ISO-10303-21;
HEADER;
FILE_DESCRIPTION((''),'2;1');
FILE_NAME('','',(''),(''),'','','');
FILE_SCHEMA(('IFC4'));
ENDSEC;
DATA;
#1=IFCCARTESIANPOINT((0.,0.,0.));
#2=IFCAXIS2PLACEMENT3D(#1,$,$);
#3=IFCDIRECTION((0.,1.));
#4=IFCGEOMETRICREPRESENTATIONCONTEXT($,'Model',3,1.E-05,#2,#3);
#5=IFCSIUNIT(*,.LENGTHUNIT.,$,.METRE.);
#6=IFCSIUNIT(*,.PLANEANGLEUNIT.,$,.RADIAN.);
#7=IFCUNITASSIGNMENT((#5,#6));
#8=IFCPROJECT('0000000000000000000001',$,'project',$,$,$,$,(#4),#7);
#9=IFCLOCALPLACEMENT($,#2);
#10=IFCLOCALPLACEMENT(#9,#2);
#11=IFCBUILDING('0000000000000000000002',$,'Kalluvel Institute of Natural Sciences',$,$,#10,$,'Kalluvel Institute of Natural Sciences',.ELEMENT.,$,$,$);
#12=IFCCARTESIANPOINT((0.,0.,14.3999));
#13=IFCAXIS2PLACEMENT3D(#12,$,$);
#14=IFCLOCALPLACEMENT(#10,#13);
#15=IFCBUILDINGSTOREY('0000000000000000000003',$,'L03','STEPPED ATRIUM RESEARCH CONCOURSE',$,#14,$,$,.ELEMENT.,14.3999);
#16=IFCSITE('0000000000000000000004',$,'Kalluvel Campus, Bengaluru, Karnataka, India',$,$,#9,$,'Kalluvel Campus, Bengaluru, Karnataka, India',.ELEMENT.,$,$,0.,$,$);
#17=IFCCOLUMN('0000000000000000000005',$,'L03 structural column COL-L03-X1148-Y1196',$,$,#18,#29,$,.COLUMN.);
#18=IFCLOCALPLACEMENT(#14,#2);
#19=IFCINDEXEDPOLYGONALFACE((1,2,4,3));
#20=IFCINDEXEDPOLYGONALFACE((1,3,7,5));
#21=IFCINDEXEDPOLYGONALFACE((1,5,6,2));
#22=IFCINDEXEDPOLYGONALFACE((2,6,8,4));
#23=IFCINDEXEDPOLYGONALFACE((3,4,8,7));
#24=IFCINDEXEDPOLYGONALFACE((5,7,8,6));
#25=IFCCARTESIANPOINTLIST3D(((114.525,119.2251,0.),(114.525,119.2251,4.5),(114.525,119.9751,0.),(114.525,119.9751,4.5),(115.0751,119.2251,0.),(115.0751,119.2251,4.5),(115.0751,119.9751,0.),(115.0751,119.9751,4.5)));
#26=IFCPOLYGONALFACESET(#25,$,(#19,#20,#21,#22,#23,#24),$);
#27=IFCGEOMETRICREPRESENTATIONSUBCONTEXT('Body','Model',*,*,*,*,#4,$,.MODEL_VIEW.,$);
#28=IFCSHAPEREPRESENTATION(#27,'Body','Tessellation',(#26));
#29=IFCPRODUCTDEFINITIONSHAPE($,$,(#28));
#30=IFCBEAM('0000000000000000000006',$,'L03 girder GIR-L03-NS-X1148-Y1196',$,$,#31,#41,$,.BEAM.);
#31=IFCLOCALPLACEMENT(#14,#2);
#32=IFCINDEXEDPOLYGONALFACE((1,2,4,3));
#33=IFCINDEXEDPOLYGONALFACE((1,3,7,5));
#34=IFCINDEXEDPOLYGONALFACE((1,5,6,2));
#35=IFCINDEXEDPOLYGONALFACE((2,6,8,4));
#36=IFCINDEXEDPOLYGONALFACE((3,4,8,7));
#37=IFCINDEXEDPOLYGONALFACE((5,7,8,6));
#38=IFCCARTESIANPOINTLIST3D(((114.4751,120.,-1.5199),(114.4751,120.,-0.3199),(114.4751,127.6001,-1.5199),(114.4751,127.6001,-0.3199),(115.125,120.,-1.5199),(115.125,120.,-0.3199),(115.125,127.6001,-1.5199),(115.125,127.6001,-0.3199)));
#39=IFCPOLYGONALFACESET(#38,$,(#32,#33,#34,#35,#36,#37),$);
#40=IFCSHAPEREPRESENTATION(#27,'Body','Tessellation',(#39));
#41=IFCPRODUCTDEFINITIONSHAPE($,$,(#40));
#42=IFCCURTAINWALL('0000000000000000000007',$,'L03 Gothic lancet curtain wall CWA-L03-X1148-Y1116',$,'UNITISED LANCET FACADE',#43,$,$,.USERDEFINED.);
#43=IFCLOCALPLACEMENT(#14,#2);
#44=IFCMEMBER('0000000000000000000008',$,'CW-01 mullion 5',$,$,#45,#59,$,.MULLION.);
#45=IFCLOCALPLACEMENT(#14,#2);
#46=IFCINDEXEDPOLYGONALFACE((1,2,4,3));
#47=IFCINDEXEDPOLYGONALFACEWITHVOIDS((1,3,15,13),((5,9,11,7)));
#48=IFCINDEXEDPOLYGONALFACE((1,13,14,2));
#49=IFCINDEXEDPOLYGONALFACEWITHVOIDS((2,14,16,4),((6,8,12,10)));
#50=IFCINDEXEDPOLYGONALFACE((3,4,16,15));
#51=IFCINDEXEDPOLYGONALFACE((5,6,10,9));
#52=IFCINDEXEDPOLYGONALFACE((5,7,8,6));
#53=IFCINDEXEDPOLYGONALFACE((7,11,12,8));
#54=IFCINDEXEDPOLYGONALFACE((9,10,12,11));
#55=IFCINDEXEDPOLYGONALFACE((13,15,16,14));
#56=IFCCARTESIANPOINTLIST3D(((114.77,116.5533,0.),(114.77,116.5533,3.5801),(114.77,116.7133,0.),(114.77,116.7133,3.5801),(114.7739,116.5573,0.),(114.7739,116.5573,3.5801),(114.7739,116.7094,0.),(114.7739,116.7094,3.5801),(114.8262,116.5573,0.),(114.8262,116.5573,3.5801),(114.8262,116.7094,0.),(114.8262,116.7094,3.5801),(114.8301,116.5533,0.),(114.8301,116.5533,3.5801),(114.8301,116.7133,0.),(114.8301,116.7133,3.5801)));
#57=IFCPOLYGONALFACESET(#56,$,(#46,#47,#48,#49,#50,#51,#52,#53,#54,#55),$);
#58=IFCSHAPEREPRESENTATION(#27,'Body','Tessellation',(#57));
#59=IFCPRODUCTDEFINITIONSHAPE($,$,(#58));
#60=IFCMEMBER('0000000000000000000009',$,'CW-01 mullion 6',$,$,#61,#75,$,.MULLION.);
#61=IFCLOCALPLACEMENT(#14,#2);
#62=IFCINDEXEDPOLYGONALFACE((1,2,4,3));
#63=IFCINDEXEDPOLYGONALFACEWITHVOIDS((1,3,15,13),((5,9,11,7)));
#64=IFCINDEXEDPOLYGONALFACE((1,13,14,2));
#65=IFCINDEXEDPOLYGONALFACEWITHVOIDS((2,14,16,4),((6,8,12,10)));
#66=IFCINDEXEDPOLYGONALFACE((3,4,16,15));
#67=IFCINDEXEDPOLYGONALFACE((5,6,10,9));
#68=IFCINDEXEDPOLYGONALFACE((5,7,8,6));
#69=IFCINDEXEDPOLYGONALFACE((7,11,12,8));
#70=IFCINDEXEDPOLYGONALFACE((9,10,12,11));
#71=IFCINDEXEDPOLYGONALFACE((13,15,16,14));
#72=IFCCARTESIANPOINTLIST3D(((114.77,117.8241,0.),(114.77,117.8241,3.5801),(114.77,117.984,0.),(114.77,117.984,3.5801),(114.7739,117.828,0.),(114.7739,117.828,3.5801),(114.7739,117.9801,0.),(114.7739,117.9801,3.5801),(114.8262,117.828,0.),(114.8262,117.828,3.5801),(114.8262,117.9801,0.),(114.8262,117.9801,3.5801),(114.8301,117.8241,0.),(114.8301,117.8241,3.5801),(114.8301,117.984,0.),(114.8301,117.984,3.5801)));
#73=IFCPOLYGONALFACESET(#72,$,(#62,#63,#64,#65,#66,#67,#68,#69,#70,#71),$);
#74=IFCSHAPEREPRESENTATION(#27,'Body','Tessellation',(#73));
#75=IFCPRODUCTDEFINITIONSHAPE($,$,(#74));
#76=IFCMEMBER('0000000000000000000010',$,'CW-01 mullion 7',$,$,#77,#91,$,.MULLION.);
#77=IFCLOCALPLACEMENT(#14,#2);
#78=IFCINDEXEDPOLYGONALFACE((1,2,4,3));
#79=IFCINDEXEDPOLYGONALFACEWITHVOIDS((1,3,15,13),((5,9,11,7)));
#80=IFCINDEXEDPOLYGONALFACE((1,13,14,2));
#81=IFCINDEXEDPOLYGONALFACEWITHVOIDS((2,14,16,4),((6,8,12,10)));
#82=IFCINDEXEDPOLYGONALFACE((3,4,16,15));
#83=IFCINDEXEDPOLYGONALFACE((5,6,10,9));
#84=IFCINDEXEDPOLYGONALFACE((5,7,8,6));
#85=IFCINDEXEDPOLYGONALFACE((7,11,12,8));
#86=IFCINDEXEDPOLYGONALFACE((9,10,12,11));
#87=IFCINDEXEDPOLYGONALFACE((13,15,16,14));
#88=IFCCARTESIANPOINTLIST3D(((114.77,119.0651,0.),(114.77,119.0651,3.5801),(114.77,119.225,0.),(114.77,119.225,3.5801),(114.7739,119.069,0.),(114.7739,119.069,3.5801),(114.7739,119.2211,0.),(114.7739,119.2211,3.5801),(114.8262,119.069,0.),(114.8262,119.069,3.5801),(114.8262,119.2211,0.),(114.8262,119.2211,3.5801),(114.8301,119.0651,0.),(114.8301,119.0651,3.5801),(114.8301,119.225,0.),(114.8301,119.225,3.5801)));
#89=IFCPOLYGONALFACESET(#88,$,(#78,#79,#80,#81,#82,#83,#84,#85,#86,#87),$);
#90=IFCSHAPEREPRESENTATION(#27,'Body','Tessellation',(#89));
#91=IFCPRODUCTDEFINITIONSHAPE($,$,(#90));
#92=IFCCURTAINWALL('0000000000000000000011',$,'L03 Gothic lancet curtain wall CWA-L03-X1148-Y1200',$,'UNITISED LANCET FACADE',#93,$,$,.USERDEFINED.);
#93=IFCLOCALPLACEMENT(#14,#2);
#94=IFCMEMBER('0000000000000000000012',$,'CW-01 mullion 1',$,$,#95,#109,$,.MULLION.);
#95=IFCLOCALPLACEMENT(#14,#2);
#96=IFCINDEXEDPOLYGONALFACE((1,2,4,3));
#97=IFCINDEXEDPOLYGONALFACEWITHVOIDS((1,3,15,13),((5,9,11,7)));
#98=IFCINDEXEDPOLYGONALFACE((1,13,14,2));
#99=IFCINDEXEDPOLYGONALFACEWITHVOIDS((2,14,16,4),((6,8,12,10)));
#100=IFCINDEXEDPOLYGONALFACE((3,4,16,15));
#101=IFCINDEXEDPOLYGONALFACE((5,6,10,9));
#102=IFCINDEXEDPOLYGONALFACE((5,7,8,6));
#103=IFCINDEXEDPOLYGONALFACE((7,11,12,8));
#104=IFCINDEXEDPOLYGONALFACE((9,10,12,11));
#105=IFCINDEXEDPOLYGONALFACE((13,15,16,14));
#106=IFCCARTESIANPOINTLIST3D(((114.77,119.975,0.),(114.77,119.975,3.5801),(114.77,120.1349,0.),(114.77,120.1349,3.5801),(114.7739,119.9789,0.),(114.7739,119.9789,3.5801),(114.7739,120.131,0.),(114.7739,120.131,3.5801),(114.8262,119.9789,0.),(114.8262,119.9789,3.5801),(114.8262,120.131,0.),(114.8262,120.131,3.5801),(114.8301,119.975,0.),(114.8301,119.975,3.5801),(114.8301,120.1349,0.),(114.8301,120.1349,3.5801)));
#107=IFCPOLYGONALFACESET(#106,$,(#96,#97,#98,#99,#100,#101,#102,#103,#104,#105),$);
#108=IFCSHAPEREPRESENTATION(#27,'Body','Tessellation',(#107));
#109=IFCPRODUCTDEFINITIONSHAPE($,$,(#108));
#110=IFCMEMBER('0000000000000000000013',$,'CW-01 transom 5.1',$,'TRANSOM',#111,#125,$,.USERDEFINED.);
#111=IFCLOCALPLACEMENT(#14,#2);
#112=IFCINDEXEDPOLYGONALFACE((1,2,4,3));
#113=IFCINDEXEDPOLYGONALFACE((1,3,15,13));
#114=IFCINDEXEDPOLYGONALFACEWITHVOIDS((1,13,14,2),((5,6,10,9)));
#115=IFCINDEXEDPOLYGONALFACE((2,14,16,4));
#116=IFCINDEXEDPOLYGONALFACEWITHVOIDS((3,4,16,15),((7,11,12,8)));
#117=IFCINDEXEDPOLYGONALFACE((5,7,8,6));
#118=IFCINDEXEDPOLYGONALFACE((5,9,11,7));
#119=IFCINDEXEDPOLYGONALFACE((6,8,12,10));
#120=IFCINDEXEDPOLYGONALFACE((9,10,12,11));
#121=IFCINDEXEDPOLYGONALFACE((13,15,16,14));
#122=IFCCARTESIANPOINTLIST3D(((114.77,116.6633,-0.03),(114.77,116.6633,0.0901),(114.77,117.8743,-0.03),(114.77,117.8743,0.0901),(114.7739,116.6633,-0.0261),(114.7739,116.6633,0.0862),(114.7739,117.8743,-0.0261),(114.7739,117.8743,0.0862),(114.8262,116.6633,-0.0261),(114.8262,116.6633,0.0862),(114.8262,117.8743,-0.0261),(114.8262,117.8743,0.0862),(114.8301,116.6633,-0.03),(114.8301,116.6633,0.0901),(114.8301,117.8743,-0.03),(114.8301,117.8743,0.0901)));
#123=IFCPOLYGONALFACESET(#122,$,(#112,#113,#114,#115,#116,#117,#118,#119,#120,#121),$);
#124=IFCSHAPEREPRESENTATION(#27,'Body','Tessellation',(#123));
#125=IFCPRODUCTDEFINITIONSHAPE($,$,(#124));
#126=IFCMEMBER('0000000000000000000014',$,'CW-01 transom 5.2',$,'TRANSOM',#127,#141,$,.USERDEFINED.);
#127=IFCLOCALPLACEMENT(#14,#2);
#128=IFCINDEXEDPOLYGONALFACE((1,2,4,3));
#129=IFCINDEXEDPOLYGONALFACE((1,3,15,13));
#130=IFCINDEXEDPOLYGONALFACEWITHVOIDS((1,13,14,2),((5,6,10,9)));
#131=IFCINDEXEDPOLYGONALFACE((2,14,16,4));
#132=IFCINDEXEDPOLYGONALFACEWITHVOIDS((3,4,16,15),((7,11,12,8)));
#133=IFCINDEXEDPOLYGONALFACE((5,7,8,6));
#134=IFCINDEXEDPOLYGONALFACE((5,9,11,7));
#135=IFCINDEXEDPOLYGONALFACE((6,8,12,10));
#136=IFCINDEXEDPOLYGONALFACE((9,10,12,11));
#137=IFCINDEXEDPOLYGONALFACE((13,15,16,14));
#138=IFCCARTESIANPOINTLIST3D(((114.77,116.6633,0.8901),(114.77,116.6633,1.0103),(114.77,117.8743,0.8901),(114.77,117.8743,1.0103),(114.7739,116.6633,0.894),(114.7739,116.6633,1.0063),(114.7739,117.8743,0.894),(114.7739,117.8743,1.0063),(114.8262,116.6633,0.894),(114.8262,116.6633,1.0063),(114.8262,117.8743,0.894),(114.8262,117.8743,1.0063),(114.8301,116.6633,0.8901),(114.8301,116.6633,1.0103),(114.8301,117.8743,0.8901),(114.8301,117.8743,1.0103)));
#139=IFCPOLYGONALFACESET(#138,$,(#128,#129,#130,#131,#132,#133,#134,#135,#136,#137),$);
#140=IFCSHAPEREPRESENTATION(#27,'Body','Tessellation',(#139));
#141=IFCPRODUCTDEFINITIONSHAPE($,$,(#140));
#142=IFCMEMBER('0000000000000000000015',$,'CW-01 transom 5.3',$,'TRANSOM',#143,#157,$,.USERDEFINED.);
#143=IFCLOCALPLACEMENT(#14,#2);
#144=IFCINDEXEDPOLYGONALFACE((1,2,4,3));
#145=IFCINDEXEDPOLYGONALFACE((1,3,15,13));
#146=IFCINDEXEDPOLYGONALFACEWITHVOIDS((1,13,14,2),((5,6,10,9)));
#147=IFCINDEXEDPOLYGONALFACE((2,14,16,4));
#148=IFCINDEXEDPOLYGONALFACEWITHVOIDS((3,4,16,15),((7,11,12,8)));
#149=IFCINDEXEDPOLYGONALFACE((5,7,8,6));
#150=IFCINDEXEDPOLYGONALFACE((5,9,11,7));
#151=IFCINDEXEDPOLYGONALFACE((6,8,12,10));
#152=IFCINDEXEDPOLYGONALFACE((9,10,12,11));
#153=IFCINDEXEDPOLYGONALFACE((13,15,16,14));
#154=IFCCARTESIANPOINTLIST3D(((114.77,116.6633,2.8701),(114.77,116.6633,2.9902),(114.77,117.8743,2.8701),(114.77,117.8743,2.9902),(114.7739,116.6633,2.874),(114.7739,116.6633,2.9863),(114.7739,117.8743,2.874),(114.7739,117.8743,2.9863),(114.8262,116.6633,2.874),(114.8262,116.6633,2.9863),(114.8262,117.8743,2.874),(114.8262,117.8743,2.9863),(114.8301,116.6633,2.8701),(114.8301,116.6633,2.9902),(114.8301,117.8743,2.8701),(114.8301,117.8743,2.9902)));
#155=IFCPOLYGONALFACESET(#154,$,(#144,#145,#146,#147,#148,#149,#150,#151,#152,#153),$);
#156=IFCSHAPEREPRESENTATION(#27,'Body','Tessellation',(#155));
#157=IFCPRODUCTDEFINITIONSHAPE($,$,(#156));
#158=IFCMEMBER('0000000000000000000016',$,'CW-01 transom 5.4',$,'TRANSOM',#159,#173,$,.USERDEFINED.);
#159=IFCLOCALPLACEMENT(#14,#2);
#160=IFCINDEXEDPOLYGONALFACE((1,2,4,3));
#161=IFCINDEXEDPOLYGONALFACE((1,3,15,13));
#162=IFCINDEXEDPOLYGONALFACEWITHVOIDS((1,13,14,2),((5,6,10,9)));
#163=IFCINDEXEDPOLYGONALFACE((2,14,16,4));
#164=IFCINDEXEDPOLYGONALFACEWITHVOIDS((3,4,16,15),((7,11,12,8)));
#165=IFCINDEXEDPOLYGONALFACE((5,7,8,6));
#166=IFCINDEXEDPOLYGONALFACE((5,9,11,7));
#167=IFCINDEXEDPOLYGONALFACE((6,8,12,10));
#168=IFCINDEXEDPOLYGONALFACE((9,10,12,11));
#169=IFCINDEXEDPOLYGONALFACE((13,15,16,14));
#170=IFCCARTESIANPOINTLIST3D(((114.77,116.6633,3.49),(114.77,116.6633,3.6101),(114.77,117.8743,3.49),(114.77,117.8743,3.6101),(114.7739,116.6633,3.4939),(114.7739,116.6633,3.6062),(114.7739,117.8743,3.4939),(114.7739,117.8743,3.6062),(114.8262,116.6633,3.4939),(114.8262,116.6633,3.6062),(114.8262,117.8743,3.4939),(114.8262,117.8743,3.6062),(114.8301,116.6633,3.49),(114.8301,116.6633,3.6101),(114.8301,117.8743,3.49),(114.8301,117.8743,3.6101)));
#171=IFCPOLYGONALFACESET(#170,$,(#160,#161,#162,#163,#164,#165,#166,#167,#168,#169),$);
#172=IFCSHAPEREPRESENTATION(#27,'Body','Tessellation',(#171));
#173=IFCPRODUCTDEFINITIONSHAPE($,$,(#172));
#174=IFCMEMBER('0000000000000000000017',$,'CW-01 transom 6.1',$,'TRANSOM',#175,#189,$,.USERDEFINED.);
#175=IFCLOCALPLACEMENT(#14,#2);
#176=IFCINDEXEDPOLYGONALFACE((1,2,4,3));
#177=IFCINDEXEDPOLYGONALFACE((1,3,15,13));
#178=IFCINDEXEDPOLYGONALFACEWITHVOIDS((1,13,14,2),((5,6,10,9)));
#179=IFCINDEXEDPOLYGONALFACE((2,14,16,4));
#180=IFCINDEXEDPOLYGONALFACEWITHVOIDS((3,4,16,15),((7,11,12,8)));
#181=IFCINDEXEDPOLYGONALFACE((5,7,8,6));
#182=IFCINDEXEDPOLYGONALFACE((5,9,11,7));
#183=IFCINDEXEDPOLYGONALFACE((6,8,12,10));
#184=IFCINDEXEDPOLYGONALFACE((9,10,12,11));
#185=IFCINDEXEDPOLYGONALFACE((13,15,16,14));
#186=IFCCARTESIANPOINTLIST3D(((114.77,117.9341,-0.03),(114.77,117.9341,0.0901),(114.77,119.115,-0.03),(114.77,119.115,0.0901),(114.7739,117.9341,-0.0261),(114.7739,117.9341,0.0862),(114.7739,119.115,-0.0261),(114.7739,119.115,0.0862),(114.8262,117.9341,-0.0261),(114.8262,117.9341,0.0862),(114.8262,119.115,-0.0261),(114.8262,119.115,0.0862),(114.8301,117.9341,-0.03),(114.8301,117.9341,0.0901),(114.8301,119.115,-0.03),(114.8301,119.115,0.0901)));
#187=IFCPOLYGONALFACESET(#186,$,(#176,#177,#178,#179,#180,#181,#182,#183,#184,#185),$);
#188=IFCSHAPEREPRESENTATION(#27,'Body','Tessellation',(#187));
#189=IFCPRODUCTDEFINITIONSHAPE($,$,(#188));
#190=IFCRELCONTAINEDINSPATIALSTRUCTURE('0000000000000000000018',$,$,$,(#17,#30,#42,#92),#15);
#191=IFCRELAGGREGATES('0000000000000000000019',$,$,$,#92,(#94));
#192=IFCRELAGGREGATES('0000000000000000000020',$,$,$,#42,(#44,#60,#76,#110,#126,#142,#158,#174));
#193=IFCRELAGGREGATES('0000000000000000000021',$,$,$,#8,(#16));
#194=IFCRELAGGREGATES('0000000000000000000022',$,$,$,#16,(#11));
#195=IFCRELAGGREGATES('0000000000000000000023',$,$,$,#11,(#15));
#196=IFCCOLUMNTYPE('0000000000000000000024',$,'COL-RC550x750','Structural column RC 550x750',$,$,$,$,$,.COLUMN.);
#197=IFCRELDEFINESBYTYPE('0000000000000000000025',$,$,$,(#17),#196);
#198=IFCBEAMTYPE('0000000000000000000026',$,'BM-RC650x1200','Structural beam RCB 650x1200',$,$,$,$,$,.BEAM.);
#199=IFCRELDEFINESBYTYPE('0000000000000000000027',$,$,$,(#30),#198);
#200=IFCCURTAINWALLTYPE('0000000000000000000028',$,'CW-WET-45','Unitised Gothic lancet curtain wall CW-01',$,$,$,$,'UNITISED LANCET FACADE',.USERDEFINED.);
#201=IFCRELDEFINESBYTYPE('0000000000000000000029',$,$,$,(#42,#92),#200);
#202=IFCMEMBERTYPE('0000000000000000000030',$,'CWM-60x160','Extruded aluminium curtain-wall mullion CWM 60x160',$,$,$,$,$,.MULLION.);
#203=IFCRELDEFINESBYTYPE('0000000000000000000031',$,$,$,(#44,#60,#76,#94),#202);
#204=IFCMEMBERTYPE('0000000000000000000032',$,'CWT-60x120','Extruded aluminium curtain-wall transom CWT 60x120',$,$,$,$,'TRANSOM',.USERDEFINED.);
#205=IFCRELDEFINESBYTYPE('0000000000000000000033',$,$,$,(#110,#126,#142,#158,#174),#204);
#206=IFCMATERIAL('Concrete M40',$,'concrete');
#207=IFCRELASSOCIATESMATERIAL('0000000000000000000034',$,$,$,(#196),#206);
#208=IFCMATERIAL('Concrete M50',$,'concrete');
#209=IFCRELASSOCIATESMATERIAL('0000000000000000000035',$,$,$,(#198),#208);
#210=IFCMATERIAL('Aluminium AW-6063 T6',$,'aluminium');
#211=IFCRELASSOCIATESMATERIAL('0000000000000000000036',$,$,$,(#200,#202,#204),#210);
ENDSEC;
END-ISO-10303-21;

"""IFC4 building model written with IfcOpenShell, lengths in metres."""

from ifc_helpers import new_model, si_unit, direction, frame, origin, origin_2d, place, context, subcontext, project, spatial, rectangle, hollow_rectangle, extrude, material, material_profile, profile_set, type_object, element, aggregate, save


model = new_model("IFC4")

# Units and contexts
model_context = context("Model", 3, precision=1e-05, world=origin(), true_north=direction((0.0, 1.0)))
body_context = subcontext(model_context, "Body", "Model", "MODEL_VIEW")
ifc_project = project(units=[si_unit("LENGTHUNIT", "METRE"), si_unit("PLANEANGLEUNIT", "RADIAN")], contexts=[model_context])

# Site, building, storey
site_placement = place(None, origin())
site = spatial("IfcSite", under=ifc_project, at=site_placement, Name="Kalluvel Campus, Bengaluru, Karnataka, India", LongName="Kalluvel Campus, Bengaluru, Karnataka, India", CompositionType="ELEMENT", RefElevation=0.0)
building_placement = place(site_placement, origin())
building = spatial("IfcBuilding", under=site, at=building_placement, Name="Kalluvel Institute of Natural Sciences", LongName="Kalluvel Institute of Natural Sciences", CompositionType="ELEMENT")
storey_placement = place(building_placement, frame((0.0, 0.0, 14.3999)))
storey = spatial("IfcBuildingStorey", under=building, at=storey_placement, Name="L03", Description="STEPPED ATRIUM RESEARCH CONCOURSE", CompositionType="ELEMENT", Elevation=14.3999)

# Column
ifc_material_1 = material(Name="Concrete M40", Category="concrete")
ifc_material_profile_1 = material_profile(ifc_material_1, rectangle(XDim=0.55, YDim=0.75, at=origin_2d()), Name="RC 550x750")
ifc_profile_set_1 = profile_set([ifc_material_profile_1], Name="Concrete M40")
column_type = type_object("IfcColumnType", Name="COL-RC550x750", Description="Structural column RC 550x750", PredefinedType="COLUMN", material=ifc_profile_set_1)
column_placement = place(storey_placement, frame((114.8, 119.6001, 0.0), z_axis=(0.0, 0.0, 1.0), x_axis=(1.0, 0.0, 0.0)))
element("IfcColumn", 1, at=column_placement, inside=storey, type_object=column_type, Name="L03 structural column COL-L03-X1148-Y1196", PredefinedType="COLUMN", context=body_context, shape_type="SweptSolid", body=[
    extrude(rectangle(XDim=0.55, YDim=0.75, at=origin_2d()), origin(), (0.0, 0.0, 1.0), 4.5),
])

# Beam
ifc_material_2 = material(Name="Concrete M50", Category="concrete")
ifc_material_profile_2 = material_profile(ifc_material_2, rectangle(XDim=0.6499, YDim=1.2, at=origin_2d()), Name="RCB 650x1200")
ifc_profile_set_2 = profile_set([ifc_material_profile_2], Name="Concrete M50")
beam_type = type_object("IfcBeamType", Name="BM-RC650x1200", Description="Structural beam RCB 650x1200", PredefinedType="BEAM", material=ifc_profile_set_2)
beam_placement = place(storey_placement, frame((114.8, 120.0, -0.9199), z_axis=(0.0, 1.0, 0.0), x_axis=(-1.0, 0.0, 0.0)))
element("IfcBeam", 2, at=beam_placement, inside=storey, type_object=beam_type, Name="L03 girder GIR-L03-NS-X1148-Y1196", PredefinedType="BEAM", context=body_context, shape_type="SweptSolid", body=[
    extrude(rectangle(XDim=0.6499, YDim=1.2, at=origin_2d()), origin(), (0.0, 0.0, 1.0), 7.6001),
])

# Curtain wall, members
ifc_material_3 = material(Name="Aluminium AW-6063 T6", Category="aluminium")
curtain_wall_type = type_object("IfcCurtainWallType", Name="CW-WET-45", Description="Unitised Gothic lancet curtain wall CW-01", ElementType="UNITISED LANCET FACADE", PredefinedType="USERDEFINED", material=ifc_material_3)
curtain_wall_1_placement = place(storey_placement, origin())
curtain_wall_1 = element("IfcCurtainWall", 3, at=curtain_wall_1_placement, inside=storey, type_object=curtain_wall_type, Name="L03 Gothic lancet curtain wall CWA-L03-X1148-Y1116", ObjectType="UNITISED LANCET FACADE", PredefinedType="USERDEFINED")
ifc_material_profile_3 = material_profile(ifc_material_3, hollow_rectangle(XDim=0.0601, YDim=0.1599, WallThickness=0.0039, at=origin_2d()), Name="CWM 60x160")
ifc_profile_set_3 = profile_set([ifc_material_profile_3], Name="Aluminium AW-6063 T6")
member_type_1 = type_object("IfcMemberType", Name="CWM-60x160", Description="Extruded aluminium curtain-wall mullion CWM 60x160", PredefinedType="MULLION", material=ifc_profile_set_3)
member_1_placement = place(storey_placement, frame((114.8, 116.6333, 0.0), z_axis=(0.0, 0.0, 1.0), x_axis=(-1.0, 0.0, 0.0)))
member_1 = element("IfcMember", 4, at=member_1_placement, type_object=member_type_1, Name="CW-01 mullion 5", PredefinedType="MULLION", context=body_context, shape_type="SweptSolid", body=[
    extrude(hollow_rectangle(XDim=0.0601, YDim=0.1599, WallThickness=0.0039, at=origin_2d()), origin(), (0.0, 0.0, 1.0), 3.5801),
])
member_2_placement = place(storey_placement, frame((114.8, 117.9041, 0.0), z_axis=(0.0, 0.0, 1.0), x_axis=(-1.0, 0.0, 0.0)))
member_2 = element("IfcMember", 5, at=member_2_placement, type_object=member_type_1, Name="CW-01 mullion 6", PredefinedType="MULLION", context=body_context, shape_type="SweptSolid", body=[
    extrude(hollow_rectangle(XDim=0.0601, YDim=0.1599, WallThickness=0.0039, at=origin_2d()), origin(), (0.0, 0.0, 1.0), 3.5801),
])
member_3_placement = place(storey_placement, frame((114.8, 119.145, 0.0), z_axis=(0.0, 0.0, 1.0), x_axis=(-1.0, 0.0, 0.0)))
member_3 = element("IfcMember", 6, at=member_3_placement, type_object=member_type_1, Name="CW-01 mullion 7", PredefinedType="MULLION", context=body_context, shape_type="SweptSolid", body=[
    extrude(hollow_rectangle(XDim=0.0601, YDim=0.1599, WallThickness=0.0039, at=origin_2d()), origin(), (0.0, 0.0, 1.0), 3.5801),
])

# Curtain wall, member
curtain_wall_2_placement = place(storey_placement, origin())
curtain_wall_2 = element("IfcCurtainWall", 7, at=curtain_wall_2_placement, inside=storey, type_object=curtain_wall_type, Name="L03 Gothic lancet curtain wall CWA-L03-X1148-Y1200", ObjectType="UNITISED LANCET FACADE", PredefinedType="USERDEFINED")
member_4_placement = place(storey_placement, frame((114.8, 120.0549, 0.0), z_axis=(0.0, 0.0, 1.0), x_axis=(-1.0, 0.0, 0.0)))
member_4 = element("IfcMember", 8, at=member_4_placement, type_object=member_type_1, Name="CW-01 mullion 1", PredefinedType="MULLION", context=body_context, shape_type="SweptSolid", body=[
    extrude(hollow_rectangle(XDim=0.0601, YDim=0.1599, WallThickness=0.0039, at=origin_2d()), origin(), (0.0, 0.0, 1.0), 3.5801),
])

# Members
ifc_material_profile_4 = material_profile(ifc_material_3, hollow_rectangle(XDim=0.0601, YDim=0.1201, WallThickness=0.0039, at=origin_2d()), Name="CWT 60x120")
ifc_profile_set_4 = profile_set([ifc_material_profile_4], Name="Aluminium AW-6063 T6")
member_type_2 = type_object("IfcMemberType", Name="CWT-60x120", Description="Extruded aluminium curtain-wall transom CWT 60x120", ElementType="TRANSOM", PredefinedType="USERDEFINED", material=ifc_profile_set_4)
member_5_placement = place(storey_placement, frame((114.8, 116.6633, 0.03), z_axis=(0.0, 1.0, 0.0), x_axis=(-1.0, 0.0, 0.0)))
member_5 = element("IfcMember", 9, at=member_5_placement, type_object=member_type_2, Name="CW-01 transom 5.1", ObjectType="TRANSOM", PredefinedType="USERDEFINED", context=body_context, shape_type="SweptSolid", body=[
    extrude(hollow_rectangle(XDim=0.0601, YDim=0.1201, WallThickness=0.0039, at=origin_2d()), origin(), (0.0, 0.0, 1.0), 1.2109),
])
member_6_placement = place(storey_placement, frame((114.8, 116.6633, 0.9502), z_axis=(0.0, 1.0, 0.0), x_axis=(-1.0, 0.0, 0.0)))
member_6 = element("IfcMember", 10, at=member_6_placement, type_object=member_type_2, Name="CW-01 transom 5.2", ObjectType="TRANSOM", PredefinedType="USERDEFINED", context=body_context, shape_type="SweptSolid", body=[
    extrude(hollow_rectangle(XDim=0.0601, YDim=0.1201, WallThickness=0.0039, at=origin_2d()), origin(), (0.0, 0.0, 1.0), 1.2109),
])
member_7_placement = place(storey_placement, frame((114.8, 116.6633, 2.9302), z_axis=(0.0, 1.0, 0.0), x_axis=(-1.0, 0.0, 0.0)))
member_7 = element("IfcMember", 11, at=member_7_placement, type_object=member_type_2, Name="CW-01 transom 5.3", ObjectType="TRANSOM", PredefinedType="USERDEFINED", context=body_context, shape_type="SweptSolid", body=[
    extrude(hollow_rectangle(XDim=0.0601, YDim=0.1201, WallThickness=0.0039, at=origin_2d()), origin(), (0.0, 0.0, 1.0), 1.2109),
])
member_8_placement = place(storey_placement, frame((114.8, 116.6633, 3.55), z_axis=(0.0, 1.0, 0.0), x_axis=(-1.0, 0.0, 0.0)))
member_8 = element("IfcMember", 12, at=member_8_placement, type_object=member_type_2, Name="CW-01 transom 5.4", ObjectType="TRANSOM", PredefinedType="USERDEFINED", context=body_context, shape_type="SweptSolid", body=[
    extrude(hollow_rectangle(XDim=0.0601, YDim=0.1201, WallThickness=0.0039, at=origin_2d()), origin(), (0.0, 0.0, 1.0), 1.2109),
])
member_9_placement = place(storey_placement, frame((114.8, 117.9341, 0.03), z_axis=(0.0, 1.0, 0.0), x_axis=(-1.0, 0.0, 0.0)))
member_9 = element("IfcMember", 13, at=member_9_placement, type_object=member_type_2, Name="CW-01 transom 6.1", ObjectType="TRANSOM", PredefinedType="USERDEFINED", context=body_context, shape_type="SweptSolid", body=[
    extrude(hollow_rectangle(XDim=0.0601, YDim=0.1201, WallThickness=0.0039, at=origin_2d()), origin(), (0.0, 0.0, 1.0), 1.1809),
])
aggregate(curtain_wall_2, [member_4])

aggregate(curtain_wall_1, [member_1, member_2, member_3, member_5, member_6, member_7, member_8, member_9])

save(model, "model.ifc")
